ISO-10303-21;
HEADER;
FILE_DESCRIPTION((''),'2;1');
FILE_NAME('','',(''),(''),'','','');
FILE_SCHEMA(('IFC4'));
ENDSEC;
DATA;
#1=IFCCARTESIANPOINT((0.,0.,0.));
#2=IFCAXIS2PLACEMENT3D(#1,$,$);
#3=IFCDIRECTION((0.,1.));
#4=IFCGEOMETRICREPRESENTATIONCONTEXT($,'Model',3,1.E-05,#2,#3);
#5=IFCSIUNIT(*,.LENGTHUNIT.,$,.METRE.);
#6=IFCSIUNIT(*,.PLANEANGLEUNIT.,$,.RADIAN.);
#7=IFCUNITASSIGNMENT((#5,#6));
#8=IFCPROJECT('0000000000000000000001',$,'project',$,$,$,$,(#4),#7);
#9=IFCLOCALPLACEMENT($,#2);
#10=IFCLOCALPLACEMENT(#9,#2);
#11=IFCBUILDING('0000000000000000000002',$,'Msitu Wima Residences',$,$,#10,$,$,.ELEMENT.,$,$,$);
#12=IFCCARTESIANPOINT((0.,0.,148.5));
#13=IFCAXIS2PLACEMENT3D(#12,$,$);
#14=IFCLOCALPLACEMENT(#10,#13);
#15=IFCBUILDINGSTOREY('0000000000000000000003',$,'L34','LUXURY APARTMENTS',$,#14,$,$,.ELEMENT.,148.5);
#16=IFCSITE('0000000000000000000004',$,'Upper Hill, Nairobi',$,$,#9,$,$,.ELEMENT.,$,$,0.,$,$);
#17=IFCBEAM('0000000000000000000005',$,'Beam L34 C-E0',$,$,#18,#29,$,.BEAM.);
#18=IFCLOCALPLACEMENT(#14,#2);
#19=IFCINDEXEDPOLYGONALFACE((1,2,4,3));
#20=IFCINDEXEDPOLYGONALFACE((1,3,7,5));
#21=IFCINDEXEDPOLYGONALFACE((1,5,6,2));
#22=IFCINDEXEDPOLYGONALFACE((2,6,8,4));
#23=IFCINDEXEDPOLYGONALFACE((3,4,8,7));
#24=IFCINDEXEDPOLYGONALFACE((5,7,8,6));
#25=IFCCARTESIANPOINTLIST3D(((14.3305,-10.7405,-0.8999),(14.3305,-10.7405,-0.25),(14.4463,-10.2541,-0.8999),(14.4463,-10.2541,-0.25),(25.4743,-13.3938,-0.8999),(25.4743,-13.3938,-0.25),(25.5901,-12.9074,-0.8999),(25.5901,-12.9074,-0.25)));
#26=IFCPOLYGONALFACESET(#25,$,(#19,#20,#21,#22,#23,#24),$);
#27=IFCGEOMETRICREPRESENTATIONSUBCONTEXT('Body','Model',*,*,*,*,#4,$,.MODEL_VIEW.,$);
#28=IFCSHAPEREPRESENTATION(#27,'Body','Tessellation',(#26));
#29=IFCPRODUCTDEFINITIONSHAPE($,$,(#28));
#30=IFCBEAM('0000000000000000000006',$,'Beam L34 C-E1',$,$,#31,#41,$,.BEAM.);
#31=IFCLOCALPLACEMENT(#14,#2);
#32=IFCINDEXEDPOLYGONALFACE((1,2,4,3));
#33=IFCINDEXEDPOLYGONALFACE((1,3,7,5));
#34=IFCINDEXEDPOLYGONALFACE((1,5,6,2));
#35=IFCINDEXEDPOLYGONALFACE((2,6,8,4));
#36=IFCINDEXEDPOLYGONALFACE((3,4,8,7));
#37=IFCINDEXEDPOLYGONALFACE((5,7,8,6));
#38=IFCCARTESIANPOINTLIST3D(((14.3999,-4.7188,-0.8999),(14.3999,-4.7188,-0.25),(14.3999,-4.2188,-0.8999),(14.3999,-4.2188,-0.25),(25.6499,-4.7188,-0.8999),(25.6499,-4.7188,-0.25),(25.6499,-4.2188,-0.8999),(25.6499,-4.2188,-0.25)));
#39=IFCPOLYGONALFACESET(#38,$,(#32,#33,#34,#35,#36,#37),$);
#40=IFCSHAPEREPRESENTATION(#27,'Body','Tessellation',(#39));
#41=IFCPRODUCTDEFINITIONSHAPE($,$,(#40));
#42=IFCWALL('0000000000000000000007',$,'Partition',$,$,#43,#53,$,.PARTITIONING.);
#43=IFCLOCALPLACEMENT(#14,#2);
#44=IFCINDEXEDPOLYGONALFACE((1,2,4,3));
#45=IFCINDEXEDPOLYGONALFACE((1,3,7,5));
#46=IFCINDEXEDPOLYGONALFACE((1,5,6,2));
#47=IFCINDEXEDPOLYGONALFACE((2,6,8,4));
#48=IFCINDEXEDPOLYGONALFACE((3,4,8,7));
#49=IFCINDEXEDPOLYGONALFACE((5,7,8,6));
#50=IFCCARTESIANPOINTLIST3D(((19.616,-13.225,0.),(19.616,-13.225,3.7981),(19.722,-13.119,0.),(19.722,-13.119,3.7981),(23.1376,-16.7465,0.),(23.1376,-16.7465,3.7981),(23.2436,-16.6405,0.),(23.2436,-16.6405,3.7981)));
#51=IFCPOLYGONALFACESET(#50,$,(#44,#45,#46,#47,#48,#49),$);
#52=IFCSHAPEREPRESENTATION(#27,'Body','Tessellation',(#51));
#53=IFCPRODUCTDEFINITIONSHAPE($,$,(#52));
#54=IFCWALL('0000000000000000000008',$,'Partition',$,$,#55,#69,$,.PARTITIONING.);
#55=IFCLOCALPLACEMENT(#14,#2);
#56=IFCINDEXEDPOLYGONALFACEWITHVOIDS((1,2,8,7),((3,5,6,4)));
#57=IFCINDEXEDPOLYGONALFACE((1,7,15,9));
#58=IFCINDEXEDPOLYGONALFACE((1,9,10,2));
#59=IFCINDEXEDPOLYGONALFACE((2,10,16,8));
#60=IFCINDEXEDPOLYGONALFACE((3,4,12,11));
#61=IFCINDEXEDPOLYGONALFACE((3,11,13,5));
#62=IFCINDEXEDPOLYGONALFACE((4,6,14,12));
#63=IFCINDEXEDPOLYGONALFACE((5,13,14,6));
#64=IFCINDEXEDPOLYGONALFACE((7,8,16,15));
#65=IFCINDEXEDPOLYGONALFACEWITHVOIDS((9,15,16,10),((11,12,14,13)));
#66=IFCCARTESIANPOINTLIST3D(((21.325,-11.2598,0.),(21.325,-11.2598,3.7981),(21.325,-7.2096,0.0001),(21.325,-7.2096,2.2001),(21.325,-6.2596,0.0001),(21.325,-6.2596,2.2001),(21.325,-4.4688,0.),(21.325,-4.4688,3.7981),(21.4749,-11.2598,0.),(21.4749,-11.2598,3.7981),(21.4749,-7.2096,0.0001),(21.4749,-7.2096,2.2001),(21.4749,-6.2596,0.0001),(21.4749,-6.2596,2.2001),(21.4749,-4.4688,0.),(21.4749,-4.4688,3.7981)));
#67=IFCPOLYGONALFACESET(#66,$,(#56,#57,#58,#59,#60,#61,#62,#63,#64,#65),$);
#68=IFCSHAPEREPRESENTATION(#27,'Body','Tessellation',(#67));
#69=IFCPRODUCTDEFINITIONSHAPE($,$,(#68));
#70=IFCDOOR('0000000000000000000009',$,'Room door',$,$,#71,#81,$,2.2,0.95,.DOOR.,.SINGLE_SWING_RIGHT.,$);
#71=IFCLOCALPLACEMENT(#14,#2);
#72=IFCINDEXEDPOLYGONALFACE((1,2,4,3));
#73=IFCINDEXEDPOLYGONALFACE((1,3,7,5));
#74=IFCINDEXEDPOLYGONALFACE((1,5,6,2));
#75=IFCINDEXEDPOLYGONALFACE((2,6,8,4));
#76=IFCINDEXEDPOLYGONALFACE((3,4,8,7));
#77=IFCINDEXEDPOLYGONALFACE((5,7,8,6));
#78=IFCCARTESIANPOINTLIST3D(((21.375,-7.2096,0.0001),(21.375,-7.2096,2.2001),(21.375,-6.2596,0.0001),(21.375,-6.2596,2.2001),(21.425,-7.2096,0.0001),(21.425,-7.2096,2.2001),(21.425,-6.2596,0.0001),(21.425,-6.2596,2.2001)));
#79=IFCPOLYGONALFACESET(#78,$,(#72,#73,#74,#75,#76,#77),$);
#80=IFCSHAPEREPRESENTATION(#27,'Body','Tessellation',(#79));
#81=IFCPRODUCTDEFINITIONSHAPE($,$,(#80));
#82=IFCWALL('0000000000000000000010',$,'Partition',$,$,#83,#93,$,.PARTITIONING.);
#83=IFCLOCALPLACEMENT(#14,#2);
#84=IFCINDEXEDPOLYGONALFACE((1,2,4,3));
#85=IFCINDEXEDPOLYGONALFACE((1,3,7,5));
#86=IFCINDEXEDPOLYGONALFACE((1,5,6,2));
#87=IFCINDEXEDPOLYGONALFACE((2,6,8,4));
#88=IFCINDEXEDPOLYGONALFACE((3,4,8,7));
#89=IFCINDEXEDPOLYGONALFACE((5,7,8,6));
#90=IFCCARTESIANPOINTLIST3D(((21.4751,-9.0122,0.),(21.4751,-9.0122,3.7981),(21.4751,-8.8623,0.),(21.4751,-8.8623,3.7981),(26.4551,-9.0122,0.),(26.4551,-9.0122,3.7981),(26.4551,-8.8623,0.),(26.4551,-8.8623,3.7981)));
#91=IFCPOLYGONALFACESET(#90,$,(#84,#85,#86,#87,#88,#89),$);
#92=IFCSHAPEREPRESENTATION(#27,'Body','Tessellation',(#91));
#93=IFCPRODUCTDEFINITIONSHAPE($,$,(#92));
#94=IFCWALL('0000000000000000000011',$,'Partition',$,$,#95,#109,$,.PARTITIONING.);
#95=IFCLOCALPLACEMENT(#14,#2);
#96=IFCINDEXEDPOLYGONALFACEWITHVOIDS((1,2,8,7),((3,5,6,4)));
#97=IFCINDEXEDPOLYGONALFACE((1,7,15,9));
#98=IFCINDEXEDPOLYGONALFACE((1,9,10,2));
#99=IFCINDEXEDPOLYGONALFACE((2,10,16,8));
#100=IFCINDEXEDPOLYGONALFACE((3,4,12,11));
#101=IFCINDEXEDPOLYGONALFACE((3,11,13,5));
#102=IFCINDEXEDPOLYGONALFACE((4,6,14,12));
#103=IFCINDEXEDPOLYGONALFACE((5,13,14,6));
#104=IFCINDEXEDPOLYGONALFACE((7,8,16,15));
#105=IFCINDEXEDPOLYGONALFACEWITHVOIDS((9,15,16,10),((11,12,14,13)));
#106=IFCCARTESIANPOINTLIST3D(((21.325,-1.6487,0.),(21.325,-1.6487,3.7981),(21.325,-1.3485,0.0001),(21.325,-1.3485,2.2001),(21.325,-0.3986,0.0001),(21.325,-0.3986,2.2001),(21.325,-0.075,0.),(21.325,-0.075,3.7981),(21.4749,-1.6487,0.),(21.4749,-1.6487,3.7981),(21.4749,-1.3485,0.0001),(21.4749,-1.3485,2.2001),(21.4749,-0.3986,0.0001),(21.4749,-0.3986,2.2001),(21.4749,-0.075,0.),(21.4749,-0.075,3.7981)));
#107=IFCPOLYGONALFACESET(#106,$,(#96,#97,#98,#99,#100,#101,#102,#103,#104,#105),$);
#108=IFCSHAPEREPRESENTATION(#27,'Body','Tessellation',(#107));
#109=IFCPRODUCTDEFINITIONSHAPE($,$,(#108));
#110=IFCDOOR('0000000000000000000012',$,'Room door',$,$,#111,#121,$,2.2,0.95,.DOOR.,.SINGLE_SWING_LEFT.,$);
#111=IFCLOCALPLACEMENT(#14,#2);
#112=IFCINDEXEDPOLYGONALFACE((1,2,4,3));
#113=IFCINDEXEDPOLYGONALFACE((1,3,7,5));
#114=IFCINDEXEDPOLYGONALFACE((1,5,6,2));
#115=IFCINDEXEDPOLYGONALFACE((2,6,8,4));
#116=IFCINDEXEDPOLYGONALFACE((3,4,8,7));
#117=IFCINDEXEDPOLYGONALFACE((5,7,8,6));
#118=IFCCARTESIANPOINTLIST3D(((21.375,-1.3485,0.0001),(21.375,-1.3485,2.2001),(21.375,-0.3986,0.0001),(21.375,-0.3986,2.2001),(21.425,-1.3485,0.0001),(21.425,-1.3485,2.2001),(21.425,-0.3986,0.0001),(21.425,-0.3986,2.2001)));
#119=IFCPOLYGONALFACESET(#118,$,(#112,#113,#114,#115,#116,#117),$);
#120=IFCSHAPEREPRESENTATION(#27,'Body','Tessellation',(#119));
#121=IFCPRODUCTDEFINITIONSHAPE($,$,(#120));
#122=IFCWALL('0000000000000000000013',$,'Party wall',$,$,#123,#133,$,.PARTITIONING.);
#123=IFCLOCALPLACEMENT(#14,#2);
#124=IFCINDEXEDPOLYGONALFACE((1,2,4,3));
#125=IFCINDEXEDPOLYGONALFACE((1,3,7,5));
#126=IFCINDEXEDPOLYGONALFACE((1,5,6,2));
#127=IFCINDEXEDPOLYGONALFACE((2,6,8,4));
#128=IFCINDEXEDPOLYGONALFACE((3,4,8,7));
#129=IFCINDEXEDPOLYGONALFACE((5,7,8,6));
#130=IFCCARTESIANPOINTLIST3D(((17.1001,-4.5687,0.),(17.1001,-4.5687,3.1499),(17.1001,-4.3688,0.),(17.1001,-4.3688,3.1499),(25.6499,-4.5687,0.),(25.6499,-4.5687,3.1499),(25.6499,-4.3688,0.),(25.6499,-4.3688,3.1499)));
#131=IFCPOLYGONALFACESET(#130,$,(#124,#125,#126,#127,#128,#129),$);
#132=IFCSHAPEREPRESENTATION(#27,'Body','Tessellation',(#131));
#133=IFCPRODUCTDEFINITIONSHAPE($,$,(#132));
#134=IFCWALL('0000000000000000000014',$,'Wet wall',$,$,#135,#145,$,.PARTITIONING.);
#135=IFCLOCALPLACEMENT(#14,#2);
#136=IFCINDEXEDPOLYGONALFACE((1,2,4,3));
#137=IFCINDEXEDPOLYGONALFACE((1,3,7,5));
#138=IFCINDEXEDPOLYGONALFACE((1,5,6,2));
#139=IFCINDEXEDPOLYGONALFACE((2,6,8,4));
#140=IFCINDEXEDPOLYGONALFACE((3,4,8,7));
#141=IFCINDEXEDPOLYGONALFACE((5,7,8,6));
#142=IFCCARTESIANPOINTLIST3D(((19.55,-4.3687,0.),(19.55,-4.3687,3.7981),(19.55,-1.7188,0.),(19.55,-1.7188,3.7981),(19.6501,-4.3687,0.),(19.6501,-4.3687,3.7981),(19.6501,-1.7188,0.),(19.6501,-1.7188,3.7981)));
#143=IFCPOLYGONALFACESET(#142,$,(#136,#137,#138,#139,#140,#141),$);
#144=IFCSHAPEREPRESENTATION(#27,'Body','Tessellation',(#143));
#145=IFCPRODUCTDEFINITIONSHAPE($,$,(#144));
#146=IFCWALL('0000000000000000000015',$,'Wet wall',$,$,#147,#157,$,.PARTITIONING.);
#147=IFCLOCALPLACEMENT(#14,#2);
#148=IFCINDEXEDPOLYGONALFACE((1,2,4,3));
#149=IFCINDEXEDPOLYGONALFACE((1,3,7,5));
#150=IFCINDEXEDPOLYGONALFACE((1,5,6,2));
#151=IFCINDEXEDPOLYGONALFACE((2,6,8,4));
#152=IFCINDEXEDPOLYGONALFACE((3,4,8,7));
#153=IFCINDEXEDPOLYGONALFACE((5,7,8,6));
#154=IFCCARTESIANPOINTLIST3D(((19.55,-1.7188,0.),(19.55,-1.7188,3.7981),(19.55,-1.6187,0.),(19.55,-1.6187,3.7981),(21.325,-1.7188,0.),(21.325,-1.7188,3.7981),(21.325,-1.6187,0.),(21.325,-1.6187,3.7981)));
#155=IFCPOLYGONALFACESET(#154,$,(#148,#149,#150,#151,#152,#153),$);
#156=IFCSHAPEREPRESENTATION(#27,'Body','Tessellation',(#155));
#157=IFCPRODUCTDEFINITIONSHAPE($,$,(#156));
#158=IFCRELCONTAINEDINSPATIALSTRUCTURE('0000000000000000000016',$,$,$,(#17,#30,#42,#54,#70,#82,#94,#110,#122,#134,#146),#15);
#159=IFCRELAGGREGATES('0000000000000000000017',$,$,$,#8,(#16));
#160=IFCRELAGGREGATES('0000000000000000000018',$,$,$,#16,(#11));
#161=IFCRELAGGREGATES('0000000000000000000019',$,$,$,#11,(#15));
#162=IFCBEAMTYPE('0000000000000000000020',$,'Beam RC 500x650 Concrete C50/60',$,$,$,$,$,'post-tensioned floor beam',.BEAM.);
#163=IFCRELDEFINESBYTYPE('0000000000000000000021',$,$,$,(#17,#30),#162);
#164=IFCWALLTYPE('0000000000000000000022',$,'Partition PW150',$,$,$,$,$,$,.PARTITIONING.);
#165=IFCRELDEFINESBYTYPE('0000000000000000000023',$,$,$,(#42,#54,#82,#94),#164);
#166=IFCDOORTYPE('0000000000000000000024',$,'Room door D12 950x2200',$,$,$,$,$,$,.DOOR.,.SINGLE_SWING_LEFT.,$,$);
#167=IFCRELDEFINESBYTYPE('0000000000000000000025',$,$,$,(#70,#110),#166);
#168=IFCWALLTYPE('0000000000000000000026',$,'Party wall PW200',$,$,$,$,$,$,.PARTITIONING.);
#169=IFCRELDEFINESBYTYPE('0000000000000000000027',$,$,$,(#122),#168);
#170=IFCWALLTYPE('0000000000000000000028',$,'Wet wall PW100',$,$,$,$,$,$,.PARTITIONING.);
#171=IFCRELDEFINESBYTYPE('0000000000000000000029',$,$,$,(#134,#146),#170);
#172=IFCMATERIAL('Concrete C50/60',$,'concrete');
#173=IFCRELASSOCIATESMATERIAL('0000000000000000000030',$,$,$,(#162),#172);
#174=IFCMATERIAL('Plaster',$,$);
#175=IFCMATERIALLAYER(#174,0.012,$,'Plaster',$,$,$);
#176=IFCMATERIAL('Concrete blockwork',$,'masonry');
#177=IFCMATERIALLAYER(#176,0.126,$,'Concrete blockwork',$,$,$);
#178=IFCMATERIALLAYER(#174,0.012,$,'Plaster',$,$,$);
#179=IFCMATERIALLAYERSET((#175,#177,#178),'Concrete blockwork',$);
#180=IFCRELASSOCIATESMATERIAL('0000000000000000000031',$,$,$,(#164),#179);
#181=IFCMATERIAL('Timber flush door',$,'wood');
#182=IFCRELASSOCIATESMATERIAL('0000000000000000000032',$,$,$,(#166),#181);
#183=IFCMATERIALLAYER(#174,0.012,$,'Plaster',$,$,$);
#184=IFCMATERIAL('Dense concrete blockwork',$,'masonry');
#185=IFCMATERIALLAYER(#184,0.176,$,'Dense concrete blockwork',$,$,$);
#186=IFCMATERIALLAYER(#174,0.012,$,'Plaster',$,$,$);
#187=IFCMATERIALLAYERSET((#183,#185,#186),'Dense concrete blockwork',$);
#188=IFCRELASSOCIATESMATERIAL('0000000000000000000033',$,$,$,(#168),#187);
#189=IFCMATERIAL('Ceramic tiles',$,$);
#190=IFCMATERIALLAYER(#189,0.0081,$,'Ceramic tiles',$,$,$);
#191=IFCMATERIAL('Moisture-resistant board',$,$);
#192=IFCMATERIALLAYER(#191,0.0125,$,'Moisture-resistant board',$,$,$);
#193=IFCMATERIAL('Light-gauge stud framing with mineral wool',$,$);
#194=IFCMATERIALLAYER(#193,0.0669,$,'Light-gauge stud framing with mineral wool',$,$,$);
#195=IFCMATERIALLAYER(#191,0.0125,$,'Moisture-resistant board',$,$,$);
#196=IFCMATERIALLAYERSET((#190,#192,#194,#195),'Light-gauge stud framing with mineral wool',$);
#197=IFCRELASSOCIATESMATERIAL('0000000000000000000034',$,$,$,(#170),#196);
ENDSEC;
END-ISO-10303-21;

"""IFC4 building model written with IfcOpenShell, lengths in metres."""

from ifc_helpers import new_model, si_unit, direction, frame, frame_2d, origin, origin_2d, place, context, subcontext, project, spatial, rectangle, extrude, material, layer, layer_set, material_profile, profile_set, type_object, element, fill, save


model = new_model("IFC4")

# Units and contexts
model_context = context("Model", 3, precision=1e-05, world=origin(), true_north=direction((0.0, 1.0)))
body_context = subcontext(model_context, "Body", "Model", "MODEL_VIEW")
ifc_project = project(units=[si_unit("LENGTHUNIT", "METRE"), si_unit("PLANEANGLEUNIT", "RADIAN")], contexts=[model_context])

# Site, building, storey
site_placement = place(None, origin())
site = spatial("IfcSite", under=ifc_project, at=site_placement, Name="Upper Hill, Nairobi", CompositionType="ELEMENT", RefElevation=0.0)
building_placement = place(site_placement, origin())
building = spatial("IfcBuilding", under=site, at=building_placement, Name="Msitu Wima Residences", CompositionType="ELEMENT")
storey_placement = place(building_placement, frame((0.0, 0.0, 148.5)))
storey = spatial("IfcBuildingStorey", under=building, at=storey_placement, Name="L34", Description="LUXURY APARTMENTS", CompositionType="ELEMENT", Elevation=148.5)

# Beams
ifc_material_1 = material(Name="Concrete C50/60", Category="concrete")
ifc_material_profile = material_profile(ifc_material_1, rectangle(XDim=0.5, YDim=0.6499, at=origin_2d()), Name="RC 500x650")
ifc_profile_set = profile_set([ifc_material_profile], Name="Concrete C50/60")
beam_type = type_object("IfcBeamType", Name="Beam RC 500x650 Concrete C50/60", ElementType="post-tensioned floor beam", PredefinedType="BEAM", material=ifc_profile_set)
beam_1_placement = place(storey_placement, frame((25.5322, -13.1506, -0.575), z_axis=(-0.972806, 0.231623, 0.0), x_axis=(-0.231623, -0.972806, 0.0)))
element("IfcBeam", 1, at=beam_1_placement, inside=storey, type_object=beam_type, Name="Beam L34 C-E0", PredefinedType="BEAM", context=body_context, shape_type="SweptSolid", body=[
    extrude(rectangle(XDim=0.5, YDim=0.6499, at=origin_2d()), origin(), (0.0, 0.0, 1.0), 11.4553),
])
beam_2_placement = place(storey_placement, frame((25.6499, -4.4688, -0.575), z_axis=(-1.0, 0.0, 0.0), x_axis=(0.0, -1.0, 0.0)))
element("IfcBeam", 2, at=beam_2_placement, inside=storey, type_object=beam_type, Name="Beam L34 C-E1", PredefinedType="BEAM", context=body_context, shape_type="SweptSolid", body=[
    extrude(rectangle(XDim=0.5, YDim=0.6499, at=origin_2d()), origin(), (0.0, 0.0, 1.0), 11.25),
])

# Wall
ifc_material_2 = material(Name="Plaster")
ifc_layer_1 = layer(ifc_material_2, 0.012, Name="Plaster")
ifc_material_3 = material(Name="Concrete blockwork", Category="masonry")
ifc_layer_2 = layer(ifc_material_3, 0.126, Name="Concrete blockwork")
ifc_layer_3 = layer(ifc_material_2, 0.012, Name="Plaster")
ifc_layer_set_1 = layer_set([ifc_layer_1, ifc_layer_2, ifc_layer_3], Name="Concrete blockwork")
wall_type_1 = type_object("IfcWallType", Name="Partition PW150", PredefinedType="PARTITIONING", material=ifc_layer_set_1)
wall_1_placement = place(storey_placement, frame((19.6689, -13.1719, 0.0), z_axis=(0.0, 0.0, 1.0), x_axis=(0.707107, -0.707107, 0.0)))
element("IfcWall", 3, at=wall_1_placement, inside=storey, type_object=wall_type_1, Name="Partition", PredefinedType="PARTITIONING", context=body_context, shape_type="SweptSolid", body=[
    extrude(rectangle(XDim=4.9802, YDim=0.1499, at=frame_2d((2.4902, 0.0))), origin(), (0.0, 0.0, 1.0), 3.7981),
])

# Wall, opening, door
wall_2_placement = place(storey_placement, frame((21.3999, -11.2598, 0.0), z_axis=(0.0, 0.0, 1.0), x_axis=(0.0, 1.0, 0.0)))
wall_2 = element("IfcWall", 4, at=wall_2_placement, inside=storey, type_object=wall_type_1, Name="Partition", PredefinedType="PARTITIONING", context=body_context, shape_type="SweptSolid", body=[
    extrude(rectangle(XDim=6.791, YDim=0.1499, at=frame_2d((3.3955, 0.0))), origin(), (0.0, 0.0, 1.0), 3.7981),
])
opening_1_placement = place(wall_2_placement, frame((4.05, 0.0, 0.0)))
opening_1 = element("IfcOpeningElement", 5, at=opening_1_placement, cuts=wall_2, PredefinedType="OPENING", context=body_context, shape_type="SweptSolid", body=[
    extrude(rectangle(XDim=0.95, YDim=2.2, at=frame_2d((0.4751, 1.1001))), frame((0.0, 0.085, 0.0), z_axis=(0.0, -1.0, 0.0), x_axis=(1.0, 0.0, 0.0)), (0.0, 0.0, 1.0), 0.1699),
])
ifc_material_4 = material(Name="Timber flush door", Category="wood")
door_type_1 = type_object("IfcDoorType", Name="Room door D12 950x2200", OperationType="SINGLE_SWING_LEFT", PredefinedType="DOOR", material=ifc_material_4)
door_1_placement = place(opening_1_placement, origin())
door_1 = element("IfcDoor", 6, at=door_1_placement, inside=storey, type_object=door_type_1, Name="Room door", OperationType="SINGLE_SWING_RIGHT", OverallHeight=2.2, OverallWidth=0.95, PredefinedType="DOOR", context=body_context, shape_type="SweptSolid", body=[
    extrude(rectangle(XDim=0.95, YDim=2.2, at=frame_2d((0.4751, 1.1001))), frame((0.0, 0.0249, 0.0), z_axis=(0.0, -1.0, 0.0), x_axis=(1.0, 0.0, 0.0)), (0.0, 0.0, 1.0), 0.05),
])
fill(opening_1, door_1)

# Wall
wall_3_placement = place(storey_placement, frame((21.4751, -8.9373, 0.0), z_axis=(0.0, 0.0, 1.0), x_axis=(1.0, 0.0, 0.0)))
element("IfcWall", 7, at=wall_3_placement, inside=storey, type_object=wall_type_1, Name="Partition", PredefinedType="PARTITIONING", context=body_context, shape_type="SweptSolid", body=[
    extrude(rectangle(XDim=4.98, YDim=0.1499, at=frame_2d((2.49, 0.0))), origin(), (0.0, 0.0, 1.0), 3.7981),
])

# Wall, opening, door
wall_4_placement = place(storey_placement, frame((21.3999, -1.6487, 0.0), z_axis=(0.0, 0.0, 1.0), x_axis=(0.0, 1.0, 0.0)))
wall_4 = element("IfcWall", 8, at=wall_4_placement, inside=storey, type_object=wall_type_1, Name="Partition", PredefinedType="PARTITIONING", context=body_context, shape_type="SweptSolid", body=[
    extrude(rectangle(XDim=1.5737, YDim=0.1499, at=frame_2d((0.7869, 0.0))), origin(), (0.0, 0.0, 1.0), 3.7981),
])
opening_2_placement = place(wall_4_placement, frame((0.3, 0.0, 0.0)))
opening_2 = element("IfcOpeningElement", 9, at=opening_2_placement, cuts=wall_4, PredefinedType="OPENING", context=body_context, shape_type="SweptSolid", body=[
    extrude(rectangle(XDim=0.95, YDim=2.2, at=frame_2d((0.4751, 1.1001))), frame((0.0, 0.085, 0.0), z_axis=(0.0, -1.0, 0.0), x_axis=(1.0, 0.0, 0.0)), (0.0, 0.0, 1.0), 0.1699),
])
door_2_placement = place(opening_2_placement, origin())
door_2 = element("IfcDoor", 10, at=door_2_placement, inside=storey, type_object=door_type_1, Name="Room door", OperationType="SINGLE_SWING_LEFT", OverallHeight=2.2, OverallWidth=0.95, PredefinedType="DOOR", context=body_context, shape_type="SweptSolid", body=[
    extrude(rectangle(XDim=0.95, YDim=2.2, at=frame_2d((0.4751, 1.1001))), frame((0.0, 0.0249, 0.0), z_axis=(0.0, -1.0, 0.0), x_axis=(1.0, 0.0, 0.0)), (0.0, 0.0, 1.0), 0.05),
])
fill(opening_2, door_2)

# Walls
ifc_layer_4 = layer(ifc_material_2, 0.012, Name="Plaster")
ifc_material_5 = material(Name="Dense concrete blockwork", Category="masonry")
ifc_layer_5 = layer(ifc_material_5, 0.176, Name="Dense concrete blockwork")
ifc_layer_6 = layer(ifc_material_2, 0.012, Name="Plaster")
ifc_layer_set_2 = layer_set([ifc_layer_4, ifc_layer_5, ifc_layer_6], Name="Dense concrete blockwork")
wall_type_2 = type_object("IfcWallType", Name="Party wall PW200", PredefinedType="PARTITIONING", material=ifc_layer_set_2)
wall_5_placement = place(storey_placement, frame((17.1001, -4.4688, 0.0), z_axis=(0.0, 0.0, 1.0), x_axis=(1.0, 0.0, 0.0)))
element("IfcWall", 11, at=wall_5_placement, inside=storey, type_object=wall_type_2, Name="Party wall", PredefinedType="PARTITIONING", context=body_context, shape_type="SweptSolid", body=[
    extrude(rectangle(XDim=8.5498, YDim=0.2, at=frame_2d((4.2749, 0.0))), origin(), (0.0, 0.0, 1.0), 3.1499),
])
ifc_material_6 = material(Name="Ceramic tiles")
ifc_layer_7 = layer(ifc_material_6, 0.0081, Name="Ceramic tiles")
ifc_material_7 = material(Name="Moisture-resistant board")
ifc_layer_8 = layer(ifc_material_7, 0.0125, Name="Moisture-resistant board")
ifc_material_8 = material(Name="Light-gauge stud framing with mineral wool")
ifc_layer_9 = layer(ifc_material_8, 0.0669, Name="Light-gauge stud framing with mineral wool")
ifc_layer_10 = layer(ifc_material_7, 0.0125, Name="Moisture-resistant board")
ifc_layer_set_3 = layer_set([ifc_layer_7, ifc_layer_8, ifc_layer_9, ifc_layer_10], Name="Light-gauge stud framing with mineral wool")
wall_type_3 = type_object("IfcWallType", Name="Wet wall PW100", PredefinedType="PARTITIONING", material=ifc_layer_set_3)
wall_6_placement = place(storey_placement, frame((19.6001, -4.3687, 0.0), z_axis=(0.0, 0.0, 1.0), x_axis=(0.0, 1.0, 0.0)))
element("IfcWall", 12, at=wall_6_placement, inside=storey, type_object=wall_type_3, Name="Wet wall", PredefinedType="PARTITIONING", context=body_context, shape_type="SweptSolid", body=[
    extrude(rectangle(XDim=2.6499, YDim=0.1001, at=frame_2d((1.325, 0.0))), origin(), (0.0, 0.0, 1.0), 3.7981),
])
wall_7_placement = place(storey_placement, frame((19.55, -1.6687, 0.0), z_axis=(0.0, 0.0, 1.0), x_axis=(1.0, 0.0, 0.0)))
element("IfcWall", 13, at=wall_7_placement, inside=storey, type_object=wall_type_3, Name="Wet wall", PredefinedType="PARTITIONING", context=body_context, shape_type="SweptSolid", body=[
    extrude(rectangle(XDim=1.7749, YDim=0.1001, at=frame_2d((0.8875, 0.0))), origin(), (0.0, 0.0, 1.0), 3.7981),
])

save(model, "model.ifc")
